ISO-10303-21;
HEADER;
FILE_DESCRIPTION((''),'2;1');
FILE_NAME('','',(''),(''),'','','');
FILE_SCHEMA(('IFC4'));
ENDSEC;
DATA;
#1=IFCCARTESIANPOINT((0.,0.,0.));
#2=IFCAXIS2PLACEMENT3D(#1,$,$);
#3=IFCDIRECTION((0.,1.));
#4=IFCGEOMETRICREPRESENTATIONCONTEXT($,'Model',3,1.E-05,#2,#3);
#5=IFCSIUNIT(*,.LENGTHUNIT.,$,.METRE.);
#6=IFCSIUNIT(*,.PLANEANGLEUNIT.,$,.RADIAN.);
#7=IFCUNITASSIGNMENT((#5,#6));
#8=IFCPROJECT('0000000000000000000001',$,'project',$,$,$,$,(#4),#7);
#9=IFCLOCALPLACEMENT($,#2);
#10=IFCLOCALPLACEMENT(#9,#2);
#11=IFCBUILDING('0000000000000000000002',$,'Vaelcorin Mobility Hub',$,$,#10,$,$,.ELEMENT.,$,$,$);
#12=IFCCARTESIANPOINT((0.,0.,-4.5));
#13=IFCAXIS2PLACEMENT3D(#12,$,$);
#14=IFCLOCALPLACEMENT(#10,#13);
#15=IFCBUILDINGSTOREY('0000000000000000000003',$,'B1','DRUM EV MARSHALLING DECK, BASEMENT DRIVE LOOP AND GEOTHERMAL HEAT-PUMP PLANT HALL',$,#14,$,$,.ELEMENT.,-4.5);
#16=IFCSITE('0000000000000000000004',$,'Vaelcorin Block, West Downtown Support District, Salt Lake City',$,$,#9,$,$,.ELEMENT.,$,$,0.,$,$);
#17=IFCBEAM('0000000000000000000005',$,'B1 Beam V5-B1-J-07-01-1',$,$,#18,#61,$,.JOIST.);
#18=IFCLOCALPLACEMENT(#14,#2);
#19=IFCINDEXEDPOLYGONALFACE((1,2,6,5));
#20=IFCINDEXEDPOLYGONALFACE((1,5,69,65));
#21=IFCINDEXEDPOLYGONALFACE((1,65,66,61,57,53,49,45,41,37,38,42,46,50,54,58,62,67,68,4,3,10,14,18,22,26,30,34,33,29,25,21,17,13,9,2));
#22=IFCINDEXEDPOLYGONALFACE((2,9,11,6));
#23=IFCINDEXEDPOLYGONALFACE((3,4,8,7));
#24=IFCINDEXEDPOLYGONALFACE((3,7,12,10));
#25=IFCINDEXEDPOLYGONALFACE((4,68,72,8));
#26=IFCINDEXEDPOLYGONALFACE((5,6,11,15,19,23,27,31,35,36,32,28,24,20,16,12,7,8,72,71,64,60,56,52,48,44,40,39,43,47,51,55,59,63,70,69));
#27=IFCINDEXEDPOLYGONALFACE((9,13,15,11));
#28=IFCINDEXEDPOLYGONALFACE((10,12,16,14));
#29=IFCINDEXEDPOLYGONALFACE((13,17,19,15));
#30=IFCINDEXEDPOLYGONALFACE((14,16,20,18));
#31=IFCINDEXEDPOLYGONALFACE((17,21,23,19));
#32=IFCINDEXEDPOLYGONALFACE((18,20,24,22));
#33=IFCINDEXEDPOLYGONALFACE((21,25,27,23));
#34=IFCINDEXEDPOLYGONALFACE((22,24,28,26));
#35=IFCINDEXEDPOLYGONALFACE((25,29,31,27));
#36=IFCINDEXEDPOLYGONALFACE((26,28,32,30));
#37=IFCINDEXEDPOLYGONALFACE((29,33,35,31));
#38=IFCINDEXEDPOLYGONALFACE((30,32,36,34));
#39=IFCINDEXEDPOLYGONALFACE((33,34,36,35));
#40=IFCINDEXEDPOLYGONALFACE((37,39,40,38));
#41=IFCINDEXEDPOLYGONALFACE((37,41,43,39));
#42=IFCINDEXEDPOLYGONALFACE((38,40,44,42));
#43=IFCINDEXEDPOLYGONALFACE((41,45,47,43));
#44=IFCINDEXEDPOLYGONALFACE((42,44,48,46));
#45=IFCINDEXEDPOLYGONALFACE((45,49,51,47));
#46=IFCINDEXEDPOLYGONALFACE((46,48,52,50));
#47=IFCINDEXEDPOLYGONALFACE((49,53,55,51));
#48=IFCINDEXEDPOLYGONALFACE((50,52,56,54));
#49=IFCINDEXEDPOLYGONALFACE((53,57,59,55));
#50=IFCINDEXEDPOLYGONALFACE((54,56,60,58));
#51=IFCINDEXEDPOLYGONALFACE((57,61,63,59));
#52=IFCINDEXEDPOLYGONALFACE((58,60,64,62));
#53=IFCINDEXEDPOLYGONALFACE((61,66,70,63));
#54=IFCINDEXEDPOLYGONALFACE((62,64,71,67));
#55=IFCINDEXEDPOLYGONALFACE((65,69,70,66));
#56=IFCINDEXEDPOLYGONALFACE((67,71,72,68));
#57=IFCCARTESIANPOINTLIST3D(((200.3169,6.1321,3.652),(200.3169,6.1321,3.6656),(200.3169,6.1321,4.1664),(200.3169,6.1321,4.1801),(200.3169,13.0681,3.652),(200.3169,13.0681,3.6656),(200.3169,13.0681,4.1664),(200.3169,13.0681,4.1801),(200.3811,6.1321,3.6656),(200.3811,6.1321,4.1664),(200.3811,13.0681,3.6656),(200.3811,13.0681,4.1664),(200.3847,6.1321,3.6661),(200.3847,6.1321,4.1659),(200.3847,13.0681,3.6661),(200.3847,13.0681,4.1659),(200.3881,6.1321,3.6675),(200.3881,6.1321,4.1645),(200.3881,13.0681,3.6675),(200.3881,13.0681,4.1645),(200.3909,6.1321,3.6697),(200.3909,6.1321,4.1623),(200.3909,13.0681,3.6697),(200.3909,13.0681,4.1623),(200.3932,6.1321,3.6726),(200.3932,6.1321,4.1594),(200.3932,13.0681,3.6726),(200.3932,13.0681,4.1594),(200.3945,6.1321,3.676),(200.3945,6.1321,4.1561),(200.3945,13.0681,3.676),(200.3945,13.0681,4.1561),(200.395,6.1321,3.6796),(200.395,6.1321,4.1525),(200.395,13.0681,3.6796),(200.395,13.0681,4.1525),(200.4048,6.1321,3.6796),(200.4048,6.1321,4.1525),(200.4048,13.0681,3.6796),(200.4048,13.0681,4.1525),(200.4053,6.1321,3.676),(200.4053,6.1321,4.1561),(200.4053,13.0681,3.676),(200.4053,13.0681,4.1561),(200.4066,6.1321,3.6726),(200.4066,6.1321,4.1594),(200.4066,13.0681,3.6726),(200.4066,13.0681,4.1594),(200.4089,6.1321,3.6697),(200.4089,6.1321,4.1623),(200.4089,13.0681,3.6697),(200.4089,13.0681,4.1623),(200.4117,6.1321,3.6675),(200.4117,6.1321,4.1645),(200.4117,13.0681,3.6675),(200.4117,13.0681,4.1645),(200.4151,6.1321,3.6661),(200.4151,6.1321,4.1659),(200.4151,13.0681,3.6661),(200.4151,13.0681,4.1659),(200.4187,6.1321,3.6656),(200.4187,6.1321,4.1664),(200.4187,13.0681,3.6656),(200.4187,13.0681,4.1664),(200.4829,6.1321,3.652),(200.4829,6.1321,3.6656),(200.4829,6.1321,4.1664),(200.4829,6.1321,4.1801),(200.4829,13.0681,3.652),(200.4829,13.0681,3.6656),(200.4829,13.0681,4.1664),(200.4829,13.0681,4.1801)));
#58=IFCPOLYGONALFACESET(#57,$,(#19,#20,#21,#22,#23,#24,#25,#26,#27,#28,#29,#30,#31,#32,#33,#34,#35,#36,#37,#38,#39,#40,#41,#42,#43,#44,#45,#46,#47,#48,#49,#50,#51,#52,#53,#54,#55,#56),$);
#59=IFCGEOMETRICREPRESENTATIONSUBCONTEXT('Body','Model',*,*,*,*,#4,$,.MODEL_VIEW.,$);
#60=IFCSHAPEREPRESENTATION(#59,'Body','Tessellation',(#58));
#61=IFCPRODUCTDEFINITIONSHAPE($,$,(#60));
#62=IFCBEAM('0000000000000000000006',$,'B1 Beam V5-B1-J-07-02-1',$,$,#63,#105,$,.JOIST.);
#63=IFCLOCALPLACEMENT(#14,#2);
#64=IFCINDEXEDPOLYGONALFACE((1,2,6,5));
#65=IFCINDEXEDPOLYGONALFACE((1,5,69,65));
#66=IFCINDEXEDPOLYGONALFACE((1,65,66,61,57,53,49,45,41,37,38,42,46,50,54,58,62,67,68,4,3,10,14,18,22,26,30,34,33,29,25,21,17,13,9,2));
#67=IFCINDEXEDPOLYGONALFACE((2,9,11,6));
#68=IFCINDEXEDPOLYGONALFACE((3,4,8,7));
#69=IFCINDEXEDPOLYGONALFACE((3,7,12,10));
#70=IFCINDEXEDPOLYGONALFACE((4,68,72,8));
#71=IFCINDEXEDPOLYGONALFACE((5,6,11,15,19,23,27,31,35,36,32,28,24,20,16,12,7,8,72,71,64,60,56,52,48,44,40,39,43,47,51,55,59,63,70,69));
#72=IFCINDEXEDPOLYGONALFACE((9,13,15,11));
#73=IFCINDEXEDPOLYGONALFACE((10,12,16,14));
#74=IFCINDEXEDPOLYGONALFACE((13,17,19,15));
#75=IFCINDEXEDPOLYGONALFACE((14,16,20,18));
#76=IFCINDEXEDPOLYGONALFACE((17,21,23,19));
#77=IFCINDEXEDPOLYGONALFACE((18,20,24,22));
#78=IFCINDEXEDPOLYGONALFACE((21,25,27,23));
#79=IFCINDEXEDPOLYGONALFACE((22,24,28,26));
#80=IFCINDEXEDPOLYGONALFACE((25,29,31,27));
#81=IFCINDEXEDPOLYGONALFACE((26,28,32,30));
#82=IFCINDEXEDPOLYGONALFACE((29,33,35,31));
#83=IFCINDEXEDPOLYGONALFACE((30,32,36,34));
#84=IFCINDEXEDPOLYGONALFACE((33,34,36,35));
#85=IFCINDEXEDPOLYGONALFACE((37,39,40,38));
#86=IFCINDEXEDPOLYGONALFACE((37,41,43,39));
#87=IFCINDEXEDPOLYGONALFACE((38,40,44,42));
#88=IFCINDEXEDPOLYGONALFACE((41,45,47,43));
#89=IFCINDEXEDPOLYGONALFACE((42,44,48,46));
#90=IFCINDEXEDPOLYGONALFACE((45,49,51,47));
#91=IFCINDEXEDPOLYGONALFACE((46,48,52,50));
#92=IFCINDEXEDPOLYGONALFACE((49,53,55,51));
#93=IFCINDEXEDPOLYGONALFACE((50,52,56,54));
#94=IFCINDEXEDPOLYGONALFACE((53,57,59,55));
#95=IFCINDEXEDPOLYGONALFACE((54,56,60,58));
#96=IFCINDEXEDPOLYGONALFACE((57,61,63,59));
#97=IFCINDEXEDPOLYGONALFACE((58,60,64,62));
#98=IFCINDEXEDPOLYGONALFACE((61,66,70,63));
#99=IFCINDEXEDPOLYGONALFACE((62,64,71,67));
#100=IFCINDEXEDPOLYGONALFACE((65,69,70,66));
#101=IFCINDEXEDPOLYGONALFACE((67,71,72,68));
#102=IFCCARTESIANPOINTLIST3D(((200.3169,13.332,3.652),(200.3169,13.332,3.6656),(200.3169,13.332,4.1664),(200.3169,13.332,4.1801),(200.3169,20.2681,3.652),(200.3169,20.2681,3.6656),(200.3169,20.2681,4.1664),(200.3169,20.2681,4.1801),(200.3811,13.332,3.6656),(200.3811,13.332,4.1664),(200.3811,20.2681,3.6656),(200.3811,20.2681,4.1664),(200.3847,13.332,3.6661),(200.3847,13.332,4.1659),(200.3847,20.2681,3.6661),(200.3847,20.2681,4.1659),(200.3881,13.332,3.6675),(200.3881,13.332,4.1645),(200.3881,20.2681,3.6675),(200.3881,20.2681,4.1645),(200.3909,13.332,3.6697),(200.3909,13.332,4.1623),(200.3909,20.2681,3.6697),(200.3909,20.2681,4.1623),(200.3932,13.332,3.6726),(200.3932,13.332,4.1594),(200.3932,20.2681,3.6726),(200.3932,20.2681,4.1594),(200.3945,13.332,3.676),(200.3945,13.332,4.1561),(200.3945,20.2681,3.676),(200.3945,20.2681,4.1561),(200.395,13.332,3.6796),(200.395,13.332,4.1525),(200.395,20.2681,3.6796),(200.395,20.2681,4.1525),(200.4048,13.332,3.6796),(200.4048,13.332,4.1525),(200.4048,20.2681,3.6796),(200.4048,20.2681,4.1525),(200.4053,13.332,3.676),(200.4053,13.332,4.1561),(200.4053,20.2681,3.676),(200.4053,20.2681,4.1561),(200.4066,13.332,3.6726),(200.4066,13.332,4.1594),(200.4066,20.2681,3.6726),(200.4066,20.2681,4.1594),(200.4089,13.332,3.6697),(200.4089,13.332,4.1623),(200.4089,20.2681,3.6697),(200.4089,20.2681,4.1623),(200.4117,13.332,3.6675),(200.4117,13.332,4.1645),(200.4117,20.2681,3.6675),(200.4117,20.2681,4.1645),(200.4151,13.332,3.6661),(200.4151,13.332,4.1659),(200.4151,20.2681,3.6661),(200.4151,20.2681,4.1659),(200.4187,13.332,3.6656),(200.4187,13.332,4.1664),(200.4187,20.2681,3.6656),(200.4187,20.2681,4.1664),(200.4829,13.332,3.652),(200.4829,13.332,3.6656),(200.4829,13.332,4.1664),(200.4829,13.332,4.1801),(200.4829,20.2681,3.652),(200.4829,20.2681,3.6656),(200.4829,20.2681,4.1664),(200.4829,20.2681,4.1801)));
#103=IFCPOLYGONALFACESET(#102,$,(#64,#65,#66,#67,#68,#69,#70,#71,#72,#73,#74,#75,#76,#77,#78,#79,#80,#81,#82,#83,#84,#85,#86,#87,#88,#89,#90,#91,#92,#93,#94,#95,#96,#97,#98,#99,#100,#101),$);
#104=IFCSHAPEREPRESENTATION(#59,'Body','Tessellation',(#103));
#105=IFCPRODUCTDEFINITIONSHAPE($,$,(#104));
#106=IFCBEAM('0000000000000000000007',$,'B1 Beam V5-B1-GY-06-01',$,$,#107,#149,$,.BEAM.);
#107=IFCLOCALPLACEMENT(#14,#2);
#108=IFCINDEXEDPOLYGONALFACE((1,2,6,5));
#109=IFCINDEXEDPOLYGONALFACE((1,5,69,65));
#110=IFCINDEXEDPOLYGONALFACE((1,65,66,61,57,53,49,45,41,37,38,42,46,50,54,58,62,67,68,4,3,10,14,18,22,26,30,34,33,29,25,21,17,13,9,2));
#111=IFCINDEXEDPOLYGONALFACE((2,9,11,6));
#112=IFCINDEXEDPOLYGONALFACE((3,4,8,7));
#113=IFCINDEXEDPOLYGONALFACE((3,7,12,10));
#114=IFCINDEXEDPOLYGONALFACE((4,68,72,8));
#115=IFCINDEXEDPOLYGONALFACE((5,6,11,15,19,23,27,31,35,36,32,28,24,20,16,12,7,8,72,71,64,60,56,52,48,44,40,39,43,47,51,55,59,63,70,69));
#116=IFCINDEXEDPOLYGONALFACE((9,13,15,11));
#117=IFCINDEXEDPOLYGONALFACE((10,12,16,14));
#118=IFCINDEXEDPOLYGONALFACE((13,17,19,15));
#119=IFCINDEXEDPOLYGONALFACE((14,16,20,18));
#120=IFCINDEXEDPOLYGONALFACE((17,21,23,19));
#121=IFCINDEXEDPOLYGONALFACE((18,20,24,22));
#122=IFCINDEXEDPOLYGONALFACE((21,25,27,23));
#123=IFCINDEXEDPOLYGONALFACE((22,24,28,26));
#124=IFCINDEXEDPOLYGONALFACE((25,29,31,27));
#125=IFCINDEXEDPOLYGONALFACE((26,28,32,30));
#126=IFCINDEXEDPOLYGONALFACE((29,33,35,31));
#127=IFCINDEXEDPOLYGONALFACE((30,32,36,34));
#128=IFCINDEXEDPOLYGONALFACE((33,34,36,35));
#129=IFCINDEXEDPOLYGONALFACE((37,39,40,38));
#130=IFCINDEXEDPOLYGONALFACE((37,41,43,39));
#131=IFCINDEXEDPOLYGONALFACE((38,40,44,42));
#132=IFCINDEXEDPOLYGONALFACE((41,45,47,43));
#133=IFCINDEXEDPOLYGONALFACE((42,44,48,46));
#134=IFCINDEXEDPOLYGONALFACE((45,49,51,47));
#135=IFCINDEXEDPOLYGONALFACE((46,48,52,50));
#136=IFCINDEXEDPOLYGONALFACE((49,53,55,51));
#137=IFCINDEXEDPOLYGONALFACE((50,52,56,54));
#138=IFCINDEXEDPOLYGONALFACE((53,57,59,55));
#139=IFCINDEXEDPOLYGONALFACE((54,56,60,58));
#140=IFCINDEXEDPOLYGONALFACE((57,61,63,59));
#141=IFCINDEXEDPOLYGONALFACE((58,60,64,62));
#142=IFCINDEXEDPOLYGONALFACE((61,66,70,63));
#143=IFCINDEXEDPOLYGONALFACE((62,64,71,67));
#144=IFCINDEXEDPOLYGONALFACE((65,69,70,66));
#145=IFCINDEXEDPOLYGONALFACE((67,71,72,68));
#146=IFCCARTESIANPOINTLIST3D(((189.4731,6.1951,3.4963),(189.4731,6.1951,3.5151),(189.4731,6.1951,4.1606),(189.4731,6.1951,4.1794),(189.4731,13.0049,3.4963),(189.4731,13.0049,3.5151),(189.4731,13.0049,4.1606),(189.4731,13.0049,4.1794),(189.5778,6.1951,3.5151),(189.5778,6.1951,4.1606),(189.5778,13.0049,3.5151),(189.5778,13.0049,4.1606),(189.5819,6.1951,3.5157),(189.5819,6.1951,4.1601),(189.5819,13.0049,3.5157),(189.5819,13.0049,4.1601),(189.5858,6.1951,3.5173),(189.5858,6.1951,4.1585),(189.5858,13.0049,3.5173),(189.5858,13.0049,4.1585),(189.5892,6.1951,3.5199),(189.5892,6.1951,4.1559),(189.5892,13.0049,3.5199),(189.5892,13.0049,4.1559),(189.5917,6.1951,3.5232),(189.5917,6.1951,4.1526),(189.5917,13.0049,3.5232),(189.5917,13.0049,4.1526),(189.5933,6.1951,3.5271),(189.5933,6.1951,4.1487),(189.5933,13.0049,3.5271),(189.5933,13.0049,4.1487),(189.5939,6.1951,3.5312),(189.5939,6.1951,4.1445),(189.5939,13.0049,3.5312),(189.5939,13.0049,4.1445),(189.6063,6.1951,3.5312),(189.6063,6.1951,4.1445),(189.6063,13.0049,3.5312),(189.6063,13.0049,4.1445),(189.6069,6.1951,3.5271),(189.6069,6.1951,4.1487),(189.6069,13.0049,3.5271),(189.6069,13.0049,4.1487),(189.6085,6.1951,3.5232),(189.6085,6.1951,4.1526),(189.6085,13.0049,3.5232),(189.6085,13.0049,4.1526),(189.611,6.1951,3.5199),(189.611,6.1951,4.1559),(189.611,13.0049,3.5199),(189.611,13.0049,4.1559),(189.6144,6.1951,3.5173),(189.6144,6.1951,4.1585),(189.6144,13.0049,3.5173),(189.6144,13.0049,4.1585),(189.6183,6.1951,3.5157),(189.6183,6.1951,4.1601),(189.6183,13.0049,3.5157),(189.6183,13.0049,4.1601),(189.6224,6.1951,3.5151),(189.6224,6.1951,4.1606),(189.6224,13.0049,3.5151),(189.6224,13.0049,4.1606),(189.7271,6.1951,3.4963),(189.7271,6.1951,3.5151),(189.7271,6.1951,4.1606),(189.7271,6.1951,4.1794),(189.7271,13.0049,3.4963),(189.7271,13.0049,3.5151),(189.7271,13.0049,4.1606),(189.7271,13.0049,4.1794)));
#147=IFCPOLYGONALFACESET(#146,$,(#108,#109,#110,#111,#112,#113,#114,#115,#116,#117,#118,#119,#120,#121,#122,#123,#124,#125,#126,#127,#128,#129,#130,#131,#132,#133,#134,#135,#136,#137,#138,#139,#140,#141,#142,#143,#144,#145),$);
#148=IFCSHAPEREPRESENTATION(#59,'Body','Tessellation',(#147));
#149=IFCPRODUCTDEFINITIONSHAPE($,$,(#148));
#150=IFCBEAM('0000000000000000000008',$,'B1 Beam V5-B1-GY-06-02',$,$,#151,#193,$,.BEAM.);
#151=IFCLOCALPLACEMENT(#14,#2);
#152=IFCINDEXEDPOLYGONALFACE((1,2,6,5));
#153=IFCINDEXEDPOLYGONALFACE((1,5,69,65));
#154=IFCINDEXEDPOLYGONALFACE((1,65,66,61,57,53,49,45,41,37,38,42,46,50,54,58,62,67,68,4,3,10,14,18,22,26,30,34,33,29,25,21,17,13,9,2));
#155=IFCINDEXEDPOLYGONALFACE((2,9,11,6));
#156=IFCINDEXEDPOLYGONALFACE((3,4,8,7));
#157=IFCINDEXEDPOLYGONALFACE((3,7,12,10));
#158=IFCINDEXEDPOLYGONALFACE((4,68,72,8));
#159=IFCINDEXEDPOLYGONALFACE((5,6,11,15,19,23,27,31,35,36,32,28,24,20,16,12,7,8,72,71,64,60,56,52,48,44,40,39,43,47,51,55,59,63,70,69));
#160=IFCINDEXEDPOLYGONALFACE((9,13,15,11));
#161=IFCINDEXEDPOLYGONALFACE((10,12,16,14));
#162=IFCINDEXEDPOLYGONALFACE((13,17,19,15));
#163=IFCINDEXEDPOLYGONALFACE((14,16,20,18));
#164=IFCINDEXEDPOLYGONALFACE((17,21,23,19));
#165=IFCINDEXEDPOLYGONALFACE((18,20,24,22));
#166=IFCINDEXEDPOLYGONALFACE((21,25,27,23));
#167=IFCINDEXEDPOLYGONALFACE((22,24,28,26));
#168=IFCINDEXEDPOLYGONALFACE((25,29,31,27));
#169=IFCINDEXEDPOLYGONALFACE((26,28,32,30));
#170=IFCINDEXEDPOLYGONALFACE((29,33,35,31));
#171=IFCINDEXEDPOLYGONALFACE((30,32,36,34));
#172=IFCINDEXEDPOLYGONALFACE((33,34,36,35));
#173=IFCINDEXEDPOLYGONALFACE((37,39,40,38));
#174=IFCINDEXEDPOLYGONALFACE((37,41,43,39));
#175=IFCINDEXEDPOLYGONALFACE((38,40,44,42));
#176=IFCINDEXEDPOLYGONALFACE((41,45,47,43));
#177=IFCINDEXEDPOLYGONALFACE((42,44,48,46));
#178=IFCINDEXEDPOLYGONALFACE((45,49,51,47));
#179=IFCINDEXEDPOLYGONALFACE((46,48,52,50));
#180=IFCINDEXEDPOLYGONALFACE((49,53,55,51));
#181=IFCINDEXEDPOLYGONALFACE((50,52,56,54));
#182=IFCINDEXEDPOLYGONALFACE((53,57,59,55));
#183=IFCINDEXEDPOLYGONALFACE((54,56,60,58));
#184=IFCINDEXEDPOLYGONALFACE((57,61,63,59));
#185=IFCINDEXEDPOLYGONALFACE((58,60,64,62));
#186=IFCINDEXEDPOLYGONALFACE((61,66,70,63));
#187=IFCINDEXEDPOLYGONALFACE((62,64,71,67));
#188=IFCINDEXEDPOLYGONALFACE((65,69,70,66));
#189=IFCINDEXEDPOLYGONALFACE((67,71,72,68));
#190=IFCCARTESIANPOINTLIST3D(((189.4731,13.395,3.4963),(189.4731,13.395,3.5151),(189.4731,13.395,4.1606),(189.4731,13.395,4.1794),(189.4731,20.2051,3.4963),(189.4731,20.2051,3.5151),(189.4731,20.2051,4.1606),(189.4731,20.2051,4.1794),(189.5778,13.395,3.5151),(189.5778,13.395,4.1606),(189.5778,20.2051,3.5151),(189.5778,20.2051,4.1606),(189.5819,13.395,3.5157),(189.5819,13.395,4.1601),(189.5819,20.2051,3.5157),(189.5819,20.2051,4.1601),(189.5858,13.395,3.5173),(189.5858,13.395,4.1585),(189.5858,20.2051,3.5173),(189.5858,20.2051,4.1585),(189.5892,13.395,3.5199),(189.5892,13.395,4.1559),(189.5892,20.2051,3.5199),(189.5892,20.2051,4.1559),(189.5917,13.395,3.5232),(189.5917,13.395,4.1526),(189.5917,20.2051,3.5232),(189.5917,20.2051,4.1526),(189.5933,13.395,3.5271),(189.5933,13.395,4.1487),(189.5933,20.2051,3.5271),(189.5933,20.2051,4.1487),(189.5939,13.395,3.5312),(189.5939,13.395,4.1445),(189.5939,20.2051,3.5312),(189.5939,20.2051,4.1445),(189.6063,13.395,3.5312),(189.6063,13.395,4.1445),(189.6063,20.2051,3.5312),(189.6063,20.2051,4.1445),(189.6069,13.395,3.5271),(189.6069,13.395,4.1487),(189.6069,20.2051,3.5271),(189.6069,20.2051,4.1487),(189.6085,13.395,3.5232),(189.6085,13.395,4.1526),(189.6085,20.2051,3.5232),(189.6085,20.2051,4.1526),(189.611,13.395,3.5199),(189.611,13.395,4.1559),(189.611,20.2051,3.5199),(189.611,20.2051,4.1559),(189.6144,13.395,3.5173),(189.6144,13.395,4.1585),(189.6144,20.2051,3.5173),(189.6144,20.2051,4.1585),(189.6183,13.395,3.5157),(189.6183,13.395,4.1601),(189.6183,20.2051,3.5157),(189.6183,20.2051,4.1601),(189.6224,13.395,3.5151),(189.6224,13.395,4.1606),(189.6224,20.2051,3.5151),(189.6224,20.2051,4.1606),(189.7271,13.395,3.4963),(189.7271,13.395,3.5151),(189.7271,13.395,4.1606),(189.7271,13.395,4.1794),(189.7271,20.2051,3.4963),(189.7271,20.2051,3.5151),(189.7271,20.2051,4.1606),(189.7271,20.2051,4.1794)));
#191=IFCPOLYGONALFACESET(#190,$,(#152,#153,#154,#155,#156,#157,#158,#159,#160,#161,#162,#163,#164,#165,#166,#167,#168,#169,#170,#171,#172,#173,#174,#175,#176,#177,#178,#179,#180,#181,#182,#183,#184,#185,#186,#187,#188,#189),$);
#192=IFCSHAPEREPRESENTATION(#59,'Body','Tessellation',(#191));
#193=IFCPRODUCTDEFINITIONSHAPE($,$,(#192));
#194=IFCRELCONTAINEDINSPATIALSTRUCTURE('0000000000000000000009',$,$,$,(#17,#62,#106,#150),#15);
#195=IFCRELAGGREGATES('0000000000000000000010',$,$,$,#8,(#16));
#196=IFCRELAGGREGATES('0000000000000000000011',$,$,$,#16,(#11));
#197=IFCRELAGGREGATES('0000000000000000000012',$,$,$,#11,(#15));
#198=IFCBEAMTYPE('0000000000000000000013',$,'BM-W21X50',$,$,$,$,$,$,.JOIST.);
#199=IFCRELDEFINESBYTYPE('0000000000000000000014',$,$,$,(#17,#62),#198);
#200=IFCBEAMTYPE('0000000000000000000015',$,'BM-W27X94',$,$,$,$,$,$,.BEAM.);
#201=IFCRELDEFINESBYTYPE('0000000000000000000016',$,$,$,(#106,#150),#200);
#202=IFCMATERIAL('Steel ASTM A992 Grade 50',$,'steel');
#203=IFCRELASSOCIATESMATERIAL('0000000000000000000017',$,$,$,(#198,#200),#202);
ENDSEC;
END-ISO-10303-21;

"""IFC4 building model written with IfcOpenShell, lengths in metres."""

from ifc_helpers import new_model, si_unit, direction, frame, origin, origin_2d, place, context, subcontext, project, spatial, i_section, extrude, material, material_profile, profile_set, type_object, element, save


model = new_model("IFC4")

# Units and contexts
model_context = context("Model", 3, precision=1e-05, world=origin(), true_north=direction((0.0, 1.0)))
body_context = subcontext(model_context, "Body", "Model", "MODEL_VIEW")
ifc_project = project(units=[si_unit("LENGTHUNIT", "METRE"), si_unit("PLANEANGLEUNIT", "RADIAN")], contexts=[model_context])

# Site, building, storey
site_placement = place(None, origin())
site = spatial("IfcSite", under=ifc_project, at=site_placement, Name="Vaelcorin Block, West Downtown Support District, Salt Lake City", CompositionType="ELEMENT", RefElevation=0.0)
building_placement = place(site_placement, origin())
building = spatial("IfcBuilding", under=site, at=building_placement, Name="Vaelcorin Mobility Hub", CompositionType="ELEMENT")
storey_placement = place(building_placement, frame((0.0, 0.0, -4.5)))
storey = spatial("IfcBuildingStorey", under=building, at=storey_placement, Name="B1", Description="DRUM EV MARSHALLING DECK, BASEMENT DRIVE LOOP AND GEOTHERMAL HEAT-PUMP PLANT HALL", CompositionType="ELEMENT", Elevation=-4.5)

# Shared definitions
ifc_material_1 = material(Name="Steel ASTM A992 Grade 50", Category="steel")

# Beams
ifc_material_profile_1 = material_profile(ifc_material_1, i_section(OverallWidth=0.166, OverallDepth=0.5281, WebThickness=0.0098, FlangeThickness=0.0137, FilletRadius=0.0139, at=origin_2d()), Name="W21X50")
ifc_profile_set_1 = profile_set([ifc_material_profile_1], Name="Steel ASTM A992 Grade 50")
beam_type_1 = type_object("IfcBeamType", Name="BM-W21X50", PredefinedType="JOIST", material=ifc_profile_set_1)
for number, where, z_axis, x_axis, name in (
    (1, (200.3999, 6.1321, 3.916), (0.0, 1.0, 0.0), (-1.0, 0.0, 0.0), "B1 Beam V5-B1-J-07-01-1"),
    (2, (200.3999, 13.332, 3.916), (0.0, 1.0, 0.0), (-1.0, 0.0, 0.0), "B1 Beam V5-B1-J-07-02-1"),
):
    element("IfcBeam", number, at=place(storey_placement, frame(where, z_axis=z_axis, x_axis=x_axis)), inside=storey, type_object=beam_type_1, Name=name, PredefinedType="JOIST", context=body_context, shape_type="SweptSolid", body=[
        extrude(i_section(OverallWidth=0.166, OverallDepth=0.5281, WebThickness=0.0098, FlangeThickness=0.0137, FilletRadius=0.0139, at=origin_2d()), origin(), (0.0, 0.0, 1.0), 6.936),
    ])
ifc_material_profile_2 = material_profile(ifc_material_1, i_section(OverallWidth=0.2539, OverallDepth=0.6831, WebThickness=0.0125, FlangeThickness=0.0188, FilletRadius=0.0161, at=origin_2d()), Name="W27X94")
ifc_profile_set_2 = profile_set([ifc_material_profile_2], Name="Steel ASTM A992 Grade 50")
beam_type_2 = type_object("IfcBeamType", Name="BM-W27X94", PredefinedType="BEAM", material=ifc_profile_set_2)
beam_1_placement = place(storey_placement, frame((189.6001, 6.1951, 3.8379), z_axis=(0.0, 1.0, 0.0), x_axis=(-1.0, 0.0, 0.0)))
element("IfcBeam", 3, at=beam_1_placement, inside=storey, type_object=beam_type_2, Name="B1 Beam V5-B1-GY-06-01", PredefinedType="BEAM", context=body_context, shape_type="SweptSolid", body=[
    extrude(i_section(OverallWidth=0.2539, OverallDepth=0.6831, WebThickness=0.0125, FlangeThickness=0.0188, FilletRadius=0.0161, at=origin_2d()), origin(), (0.0, 0.0, 1.0), 6.8098),
])
beam_2_placement = place(storey_placement, frame((189.6001, 13.395, 3.8379), z_axis=(0.0, 1.0, 0.0), x_axis=(-1.0, 0.0, 0.0)))
element("IfcBeam", 4, at=beam_2_placement, inside=storey, type_object=beam_type_2, Name="B1 Beam V5-B1-GY-06-02", PredefinedType="BEAM", context=body_context, shape_type="SweptSolid", body=[
    extrude(i_section(OverallWidth=0.2539, OverallDepth=0.6831, WebThickness=0.0125, FlangeThickness=0.0188, FilletRadius=0.0161, at=origin_2d()), origin(), (0.0, 0.0, 1.0), 6.8101),
])

save(model, "model.ifc")
